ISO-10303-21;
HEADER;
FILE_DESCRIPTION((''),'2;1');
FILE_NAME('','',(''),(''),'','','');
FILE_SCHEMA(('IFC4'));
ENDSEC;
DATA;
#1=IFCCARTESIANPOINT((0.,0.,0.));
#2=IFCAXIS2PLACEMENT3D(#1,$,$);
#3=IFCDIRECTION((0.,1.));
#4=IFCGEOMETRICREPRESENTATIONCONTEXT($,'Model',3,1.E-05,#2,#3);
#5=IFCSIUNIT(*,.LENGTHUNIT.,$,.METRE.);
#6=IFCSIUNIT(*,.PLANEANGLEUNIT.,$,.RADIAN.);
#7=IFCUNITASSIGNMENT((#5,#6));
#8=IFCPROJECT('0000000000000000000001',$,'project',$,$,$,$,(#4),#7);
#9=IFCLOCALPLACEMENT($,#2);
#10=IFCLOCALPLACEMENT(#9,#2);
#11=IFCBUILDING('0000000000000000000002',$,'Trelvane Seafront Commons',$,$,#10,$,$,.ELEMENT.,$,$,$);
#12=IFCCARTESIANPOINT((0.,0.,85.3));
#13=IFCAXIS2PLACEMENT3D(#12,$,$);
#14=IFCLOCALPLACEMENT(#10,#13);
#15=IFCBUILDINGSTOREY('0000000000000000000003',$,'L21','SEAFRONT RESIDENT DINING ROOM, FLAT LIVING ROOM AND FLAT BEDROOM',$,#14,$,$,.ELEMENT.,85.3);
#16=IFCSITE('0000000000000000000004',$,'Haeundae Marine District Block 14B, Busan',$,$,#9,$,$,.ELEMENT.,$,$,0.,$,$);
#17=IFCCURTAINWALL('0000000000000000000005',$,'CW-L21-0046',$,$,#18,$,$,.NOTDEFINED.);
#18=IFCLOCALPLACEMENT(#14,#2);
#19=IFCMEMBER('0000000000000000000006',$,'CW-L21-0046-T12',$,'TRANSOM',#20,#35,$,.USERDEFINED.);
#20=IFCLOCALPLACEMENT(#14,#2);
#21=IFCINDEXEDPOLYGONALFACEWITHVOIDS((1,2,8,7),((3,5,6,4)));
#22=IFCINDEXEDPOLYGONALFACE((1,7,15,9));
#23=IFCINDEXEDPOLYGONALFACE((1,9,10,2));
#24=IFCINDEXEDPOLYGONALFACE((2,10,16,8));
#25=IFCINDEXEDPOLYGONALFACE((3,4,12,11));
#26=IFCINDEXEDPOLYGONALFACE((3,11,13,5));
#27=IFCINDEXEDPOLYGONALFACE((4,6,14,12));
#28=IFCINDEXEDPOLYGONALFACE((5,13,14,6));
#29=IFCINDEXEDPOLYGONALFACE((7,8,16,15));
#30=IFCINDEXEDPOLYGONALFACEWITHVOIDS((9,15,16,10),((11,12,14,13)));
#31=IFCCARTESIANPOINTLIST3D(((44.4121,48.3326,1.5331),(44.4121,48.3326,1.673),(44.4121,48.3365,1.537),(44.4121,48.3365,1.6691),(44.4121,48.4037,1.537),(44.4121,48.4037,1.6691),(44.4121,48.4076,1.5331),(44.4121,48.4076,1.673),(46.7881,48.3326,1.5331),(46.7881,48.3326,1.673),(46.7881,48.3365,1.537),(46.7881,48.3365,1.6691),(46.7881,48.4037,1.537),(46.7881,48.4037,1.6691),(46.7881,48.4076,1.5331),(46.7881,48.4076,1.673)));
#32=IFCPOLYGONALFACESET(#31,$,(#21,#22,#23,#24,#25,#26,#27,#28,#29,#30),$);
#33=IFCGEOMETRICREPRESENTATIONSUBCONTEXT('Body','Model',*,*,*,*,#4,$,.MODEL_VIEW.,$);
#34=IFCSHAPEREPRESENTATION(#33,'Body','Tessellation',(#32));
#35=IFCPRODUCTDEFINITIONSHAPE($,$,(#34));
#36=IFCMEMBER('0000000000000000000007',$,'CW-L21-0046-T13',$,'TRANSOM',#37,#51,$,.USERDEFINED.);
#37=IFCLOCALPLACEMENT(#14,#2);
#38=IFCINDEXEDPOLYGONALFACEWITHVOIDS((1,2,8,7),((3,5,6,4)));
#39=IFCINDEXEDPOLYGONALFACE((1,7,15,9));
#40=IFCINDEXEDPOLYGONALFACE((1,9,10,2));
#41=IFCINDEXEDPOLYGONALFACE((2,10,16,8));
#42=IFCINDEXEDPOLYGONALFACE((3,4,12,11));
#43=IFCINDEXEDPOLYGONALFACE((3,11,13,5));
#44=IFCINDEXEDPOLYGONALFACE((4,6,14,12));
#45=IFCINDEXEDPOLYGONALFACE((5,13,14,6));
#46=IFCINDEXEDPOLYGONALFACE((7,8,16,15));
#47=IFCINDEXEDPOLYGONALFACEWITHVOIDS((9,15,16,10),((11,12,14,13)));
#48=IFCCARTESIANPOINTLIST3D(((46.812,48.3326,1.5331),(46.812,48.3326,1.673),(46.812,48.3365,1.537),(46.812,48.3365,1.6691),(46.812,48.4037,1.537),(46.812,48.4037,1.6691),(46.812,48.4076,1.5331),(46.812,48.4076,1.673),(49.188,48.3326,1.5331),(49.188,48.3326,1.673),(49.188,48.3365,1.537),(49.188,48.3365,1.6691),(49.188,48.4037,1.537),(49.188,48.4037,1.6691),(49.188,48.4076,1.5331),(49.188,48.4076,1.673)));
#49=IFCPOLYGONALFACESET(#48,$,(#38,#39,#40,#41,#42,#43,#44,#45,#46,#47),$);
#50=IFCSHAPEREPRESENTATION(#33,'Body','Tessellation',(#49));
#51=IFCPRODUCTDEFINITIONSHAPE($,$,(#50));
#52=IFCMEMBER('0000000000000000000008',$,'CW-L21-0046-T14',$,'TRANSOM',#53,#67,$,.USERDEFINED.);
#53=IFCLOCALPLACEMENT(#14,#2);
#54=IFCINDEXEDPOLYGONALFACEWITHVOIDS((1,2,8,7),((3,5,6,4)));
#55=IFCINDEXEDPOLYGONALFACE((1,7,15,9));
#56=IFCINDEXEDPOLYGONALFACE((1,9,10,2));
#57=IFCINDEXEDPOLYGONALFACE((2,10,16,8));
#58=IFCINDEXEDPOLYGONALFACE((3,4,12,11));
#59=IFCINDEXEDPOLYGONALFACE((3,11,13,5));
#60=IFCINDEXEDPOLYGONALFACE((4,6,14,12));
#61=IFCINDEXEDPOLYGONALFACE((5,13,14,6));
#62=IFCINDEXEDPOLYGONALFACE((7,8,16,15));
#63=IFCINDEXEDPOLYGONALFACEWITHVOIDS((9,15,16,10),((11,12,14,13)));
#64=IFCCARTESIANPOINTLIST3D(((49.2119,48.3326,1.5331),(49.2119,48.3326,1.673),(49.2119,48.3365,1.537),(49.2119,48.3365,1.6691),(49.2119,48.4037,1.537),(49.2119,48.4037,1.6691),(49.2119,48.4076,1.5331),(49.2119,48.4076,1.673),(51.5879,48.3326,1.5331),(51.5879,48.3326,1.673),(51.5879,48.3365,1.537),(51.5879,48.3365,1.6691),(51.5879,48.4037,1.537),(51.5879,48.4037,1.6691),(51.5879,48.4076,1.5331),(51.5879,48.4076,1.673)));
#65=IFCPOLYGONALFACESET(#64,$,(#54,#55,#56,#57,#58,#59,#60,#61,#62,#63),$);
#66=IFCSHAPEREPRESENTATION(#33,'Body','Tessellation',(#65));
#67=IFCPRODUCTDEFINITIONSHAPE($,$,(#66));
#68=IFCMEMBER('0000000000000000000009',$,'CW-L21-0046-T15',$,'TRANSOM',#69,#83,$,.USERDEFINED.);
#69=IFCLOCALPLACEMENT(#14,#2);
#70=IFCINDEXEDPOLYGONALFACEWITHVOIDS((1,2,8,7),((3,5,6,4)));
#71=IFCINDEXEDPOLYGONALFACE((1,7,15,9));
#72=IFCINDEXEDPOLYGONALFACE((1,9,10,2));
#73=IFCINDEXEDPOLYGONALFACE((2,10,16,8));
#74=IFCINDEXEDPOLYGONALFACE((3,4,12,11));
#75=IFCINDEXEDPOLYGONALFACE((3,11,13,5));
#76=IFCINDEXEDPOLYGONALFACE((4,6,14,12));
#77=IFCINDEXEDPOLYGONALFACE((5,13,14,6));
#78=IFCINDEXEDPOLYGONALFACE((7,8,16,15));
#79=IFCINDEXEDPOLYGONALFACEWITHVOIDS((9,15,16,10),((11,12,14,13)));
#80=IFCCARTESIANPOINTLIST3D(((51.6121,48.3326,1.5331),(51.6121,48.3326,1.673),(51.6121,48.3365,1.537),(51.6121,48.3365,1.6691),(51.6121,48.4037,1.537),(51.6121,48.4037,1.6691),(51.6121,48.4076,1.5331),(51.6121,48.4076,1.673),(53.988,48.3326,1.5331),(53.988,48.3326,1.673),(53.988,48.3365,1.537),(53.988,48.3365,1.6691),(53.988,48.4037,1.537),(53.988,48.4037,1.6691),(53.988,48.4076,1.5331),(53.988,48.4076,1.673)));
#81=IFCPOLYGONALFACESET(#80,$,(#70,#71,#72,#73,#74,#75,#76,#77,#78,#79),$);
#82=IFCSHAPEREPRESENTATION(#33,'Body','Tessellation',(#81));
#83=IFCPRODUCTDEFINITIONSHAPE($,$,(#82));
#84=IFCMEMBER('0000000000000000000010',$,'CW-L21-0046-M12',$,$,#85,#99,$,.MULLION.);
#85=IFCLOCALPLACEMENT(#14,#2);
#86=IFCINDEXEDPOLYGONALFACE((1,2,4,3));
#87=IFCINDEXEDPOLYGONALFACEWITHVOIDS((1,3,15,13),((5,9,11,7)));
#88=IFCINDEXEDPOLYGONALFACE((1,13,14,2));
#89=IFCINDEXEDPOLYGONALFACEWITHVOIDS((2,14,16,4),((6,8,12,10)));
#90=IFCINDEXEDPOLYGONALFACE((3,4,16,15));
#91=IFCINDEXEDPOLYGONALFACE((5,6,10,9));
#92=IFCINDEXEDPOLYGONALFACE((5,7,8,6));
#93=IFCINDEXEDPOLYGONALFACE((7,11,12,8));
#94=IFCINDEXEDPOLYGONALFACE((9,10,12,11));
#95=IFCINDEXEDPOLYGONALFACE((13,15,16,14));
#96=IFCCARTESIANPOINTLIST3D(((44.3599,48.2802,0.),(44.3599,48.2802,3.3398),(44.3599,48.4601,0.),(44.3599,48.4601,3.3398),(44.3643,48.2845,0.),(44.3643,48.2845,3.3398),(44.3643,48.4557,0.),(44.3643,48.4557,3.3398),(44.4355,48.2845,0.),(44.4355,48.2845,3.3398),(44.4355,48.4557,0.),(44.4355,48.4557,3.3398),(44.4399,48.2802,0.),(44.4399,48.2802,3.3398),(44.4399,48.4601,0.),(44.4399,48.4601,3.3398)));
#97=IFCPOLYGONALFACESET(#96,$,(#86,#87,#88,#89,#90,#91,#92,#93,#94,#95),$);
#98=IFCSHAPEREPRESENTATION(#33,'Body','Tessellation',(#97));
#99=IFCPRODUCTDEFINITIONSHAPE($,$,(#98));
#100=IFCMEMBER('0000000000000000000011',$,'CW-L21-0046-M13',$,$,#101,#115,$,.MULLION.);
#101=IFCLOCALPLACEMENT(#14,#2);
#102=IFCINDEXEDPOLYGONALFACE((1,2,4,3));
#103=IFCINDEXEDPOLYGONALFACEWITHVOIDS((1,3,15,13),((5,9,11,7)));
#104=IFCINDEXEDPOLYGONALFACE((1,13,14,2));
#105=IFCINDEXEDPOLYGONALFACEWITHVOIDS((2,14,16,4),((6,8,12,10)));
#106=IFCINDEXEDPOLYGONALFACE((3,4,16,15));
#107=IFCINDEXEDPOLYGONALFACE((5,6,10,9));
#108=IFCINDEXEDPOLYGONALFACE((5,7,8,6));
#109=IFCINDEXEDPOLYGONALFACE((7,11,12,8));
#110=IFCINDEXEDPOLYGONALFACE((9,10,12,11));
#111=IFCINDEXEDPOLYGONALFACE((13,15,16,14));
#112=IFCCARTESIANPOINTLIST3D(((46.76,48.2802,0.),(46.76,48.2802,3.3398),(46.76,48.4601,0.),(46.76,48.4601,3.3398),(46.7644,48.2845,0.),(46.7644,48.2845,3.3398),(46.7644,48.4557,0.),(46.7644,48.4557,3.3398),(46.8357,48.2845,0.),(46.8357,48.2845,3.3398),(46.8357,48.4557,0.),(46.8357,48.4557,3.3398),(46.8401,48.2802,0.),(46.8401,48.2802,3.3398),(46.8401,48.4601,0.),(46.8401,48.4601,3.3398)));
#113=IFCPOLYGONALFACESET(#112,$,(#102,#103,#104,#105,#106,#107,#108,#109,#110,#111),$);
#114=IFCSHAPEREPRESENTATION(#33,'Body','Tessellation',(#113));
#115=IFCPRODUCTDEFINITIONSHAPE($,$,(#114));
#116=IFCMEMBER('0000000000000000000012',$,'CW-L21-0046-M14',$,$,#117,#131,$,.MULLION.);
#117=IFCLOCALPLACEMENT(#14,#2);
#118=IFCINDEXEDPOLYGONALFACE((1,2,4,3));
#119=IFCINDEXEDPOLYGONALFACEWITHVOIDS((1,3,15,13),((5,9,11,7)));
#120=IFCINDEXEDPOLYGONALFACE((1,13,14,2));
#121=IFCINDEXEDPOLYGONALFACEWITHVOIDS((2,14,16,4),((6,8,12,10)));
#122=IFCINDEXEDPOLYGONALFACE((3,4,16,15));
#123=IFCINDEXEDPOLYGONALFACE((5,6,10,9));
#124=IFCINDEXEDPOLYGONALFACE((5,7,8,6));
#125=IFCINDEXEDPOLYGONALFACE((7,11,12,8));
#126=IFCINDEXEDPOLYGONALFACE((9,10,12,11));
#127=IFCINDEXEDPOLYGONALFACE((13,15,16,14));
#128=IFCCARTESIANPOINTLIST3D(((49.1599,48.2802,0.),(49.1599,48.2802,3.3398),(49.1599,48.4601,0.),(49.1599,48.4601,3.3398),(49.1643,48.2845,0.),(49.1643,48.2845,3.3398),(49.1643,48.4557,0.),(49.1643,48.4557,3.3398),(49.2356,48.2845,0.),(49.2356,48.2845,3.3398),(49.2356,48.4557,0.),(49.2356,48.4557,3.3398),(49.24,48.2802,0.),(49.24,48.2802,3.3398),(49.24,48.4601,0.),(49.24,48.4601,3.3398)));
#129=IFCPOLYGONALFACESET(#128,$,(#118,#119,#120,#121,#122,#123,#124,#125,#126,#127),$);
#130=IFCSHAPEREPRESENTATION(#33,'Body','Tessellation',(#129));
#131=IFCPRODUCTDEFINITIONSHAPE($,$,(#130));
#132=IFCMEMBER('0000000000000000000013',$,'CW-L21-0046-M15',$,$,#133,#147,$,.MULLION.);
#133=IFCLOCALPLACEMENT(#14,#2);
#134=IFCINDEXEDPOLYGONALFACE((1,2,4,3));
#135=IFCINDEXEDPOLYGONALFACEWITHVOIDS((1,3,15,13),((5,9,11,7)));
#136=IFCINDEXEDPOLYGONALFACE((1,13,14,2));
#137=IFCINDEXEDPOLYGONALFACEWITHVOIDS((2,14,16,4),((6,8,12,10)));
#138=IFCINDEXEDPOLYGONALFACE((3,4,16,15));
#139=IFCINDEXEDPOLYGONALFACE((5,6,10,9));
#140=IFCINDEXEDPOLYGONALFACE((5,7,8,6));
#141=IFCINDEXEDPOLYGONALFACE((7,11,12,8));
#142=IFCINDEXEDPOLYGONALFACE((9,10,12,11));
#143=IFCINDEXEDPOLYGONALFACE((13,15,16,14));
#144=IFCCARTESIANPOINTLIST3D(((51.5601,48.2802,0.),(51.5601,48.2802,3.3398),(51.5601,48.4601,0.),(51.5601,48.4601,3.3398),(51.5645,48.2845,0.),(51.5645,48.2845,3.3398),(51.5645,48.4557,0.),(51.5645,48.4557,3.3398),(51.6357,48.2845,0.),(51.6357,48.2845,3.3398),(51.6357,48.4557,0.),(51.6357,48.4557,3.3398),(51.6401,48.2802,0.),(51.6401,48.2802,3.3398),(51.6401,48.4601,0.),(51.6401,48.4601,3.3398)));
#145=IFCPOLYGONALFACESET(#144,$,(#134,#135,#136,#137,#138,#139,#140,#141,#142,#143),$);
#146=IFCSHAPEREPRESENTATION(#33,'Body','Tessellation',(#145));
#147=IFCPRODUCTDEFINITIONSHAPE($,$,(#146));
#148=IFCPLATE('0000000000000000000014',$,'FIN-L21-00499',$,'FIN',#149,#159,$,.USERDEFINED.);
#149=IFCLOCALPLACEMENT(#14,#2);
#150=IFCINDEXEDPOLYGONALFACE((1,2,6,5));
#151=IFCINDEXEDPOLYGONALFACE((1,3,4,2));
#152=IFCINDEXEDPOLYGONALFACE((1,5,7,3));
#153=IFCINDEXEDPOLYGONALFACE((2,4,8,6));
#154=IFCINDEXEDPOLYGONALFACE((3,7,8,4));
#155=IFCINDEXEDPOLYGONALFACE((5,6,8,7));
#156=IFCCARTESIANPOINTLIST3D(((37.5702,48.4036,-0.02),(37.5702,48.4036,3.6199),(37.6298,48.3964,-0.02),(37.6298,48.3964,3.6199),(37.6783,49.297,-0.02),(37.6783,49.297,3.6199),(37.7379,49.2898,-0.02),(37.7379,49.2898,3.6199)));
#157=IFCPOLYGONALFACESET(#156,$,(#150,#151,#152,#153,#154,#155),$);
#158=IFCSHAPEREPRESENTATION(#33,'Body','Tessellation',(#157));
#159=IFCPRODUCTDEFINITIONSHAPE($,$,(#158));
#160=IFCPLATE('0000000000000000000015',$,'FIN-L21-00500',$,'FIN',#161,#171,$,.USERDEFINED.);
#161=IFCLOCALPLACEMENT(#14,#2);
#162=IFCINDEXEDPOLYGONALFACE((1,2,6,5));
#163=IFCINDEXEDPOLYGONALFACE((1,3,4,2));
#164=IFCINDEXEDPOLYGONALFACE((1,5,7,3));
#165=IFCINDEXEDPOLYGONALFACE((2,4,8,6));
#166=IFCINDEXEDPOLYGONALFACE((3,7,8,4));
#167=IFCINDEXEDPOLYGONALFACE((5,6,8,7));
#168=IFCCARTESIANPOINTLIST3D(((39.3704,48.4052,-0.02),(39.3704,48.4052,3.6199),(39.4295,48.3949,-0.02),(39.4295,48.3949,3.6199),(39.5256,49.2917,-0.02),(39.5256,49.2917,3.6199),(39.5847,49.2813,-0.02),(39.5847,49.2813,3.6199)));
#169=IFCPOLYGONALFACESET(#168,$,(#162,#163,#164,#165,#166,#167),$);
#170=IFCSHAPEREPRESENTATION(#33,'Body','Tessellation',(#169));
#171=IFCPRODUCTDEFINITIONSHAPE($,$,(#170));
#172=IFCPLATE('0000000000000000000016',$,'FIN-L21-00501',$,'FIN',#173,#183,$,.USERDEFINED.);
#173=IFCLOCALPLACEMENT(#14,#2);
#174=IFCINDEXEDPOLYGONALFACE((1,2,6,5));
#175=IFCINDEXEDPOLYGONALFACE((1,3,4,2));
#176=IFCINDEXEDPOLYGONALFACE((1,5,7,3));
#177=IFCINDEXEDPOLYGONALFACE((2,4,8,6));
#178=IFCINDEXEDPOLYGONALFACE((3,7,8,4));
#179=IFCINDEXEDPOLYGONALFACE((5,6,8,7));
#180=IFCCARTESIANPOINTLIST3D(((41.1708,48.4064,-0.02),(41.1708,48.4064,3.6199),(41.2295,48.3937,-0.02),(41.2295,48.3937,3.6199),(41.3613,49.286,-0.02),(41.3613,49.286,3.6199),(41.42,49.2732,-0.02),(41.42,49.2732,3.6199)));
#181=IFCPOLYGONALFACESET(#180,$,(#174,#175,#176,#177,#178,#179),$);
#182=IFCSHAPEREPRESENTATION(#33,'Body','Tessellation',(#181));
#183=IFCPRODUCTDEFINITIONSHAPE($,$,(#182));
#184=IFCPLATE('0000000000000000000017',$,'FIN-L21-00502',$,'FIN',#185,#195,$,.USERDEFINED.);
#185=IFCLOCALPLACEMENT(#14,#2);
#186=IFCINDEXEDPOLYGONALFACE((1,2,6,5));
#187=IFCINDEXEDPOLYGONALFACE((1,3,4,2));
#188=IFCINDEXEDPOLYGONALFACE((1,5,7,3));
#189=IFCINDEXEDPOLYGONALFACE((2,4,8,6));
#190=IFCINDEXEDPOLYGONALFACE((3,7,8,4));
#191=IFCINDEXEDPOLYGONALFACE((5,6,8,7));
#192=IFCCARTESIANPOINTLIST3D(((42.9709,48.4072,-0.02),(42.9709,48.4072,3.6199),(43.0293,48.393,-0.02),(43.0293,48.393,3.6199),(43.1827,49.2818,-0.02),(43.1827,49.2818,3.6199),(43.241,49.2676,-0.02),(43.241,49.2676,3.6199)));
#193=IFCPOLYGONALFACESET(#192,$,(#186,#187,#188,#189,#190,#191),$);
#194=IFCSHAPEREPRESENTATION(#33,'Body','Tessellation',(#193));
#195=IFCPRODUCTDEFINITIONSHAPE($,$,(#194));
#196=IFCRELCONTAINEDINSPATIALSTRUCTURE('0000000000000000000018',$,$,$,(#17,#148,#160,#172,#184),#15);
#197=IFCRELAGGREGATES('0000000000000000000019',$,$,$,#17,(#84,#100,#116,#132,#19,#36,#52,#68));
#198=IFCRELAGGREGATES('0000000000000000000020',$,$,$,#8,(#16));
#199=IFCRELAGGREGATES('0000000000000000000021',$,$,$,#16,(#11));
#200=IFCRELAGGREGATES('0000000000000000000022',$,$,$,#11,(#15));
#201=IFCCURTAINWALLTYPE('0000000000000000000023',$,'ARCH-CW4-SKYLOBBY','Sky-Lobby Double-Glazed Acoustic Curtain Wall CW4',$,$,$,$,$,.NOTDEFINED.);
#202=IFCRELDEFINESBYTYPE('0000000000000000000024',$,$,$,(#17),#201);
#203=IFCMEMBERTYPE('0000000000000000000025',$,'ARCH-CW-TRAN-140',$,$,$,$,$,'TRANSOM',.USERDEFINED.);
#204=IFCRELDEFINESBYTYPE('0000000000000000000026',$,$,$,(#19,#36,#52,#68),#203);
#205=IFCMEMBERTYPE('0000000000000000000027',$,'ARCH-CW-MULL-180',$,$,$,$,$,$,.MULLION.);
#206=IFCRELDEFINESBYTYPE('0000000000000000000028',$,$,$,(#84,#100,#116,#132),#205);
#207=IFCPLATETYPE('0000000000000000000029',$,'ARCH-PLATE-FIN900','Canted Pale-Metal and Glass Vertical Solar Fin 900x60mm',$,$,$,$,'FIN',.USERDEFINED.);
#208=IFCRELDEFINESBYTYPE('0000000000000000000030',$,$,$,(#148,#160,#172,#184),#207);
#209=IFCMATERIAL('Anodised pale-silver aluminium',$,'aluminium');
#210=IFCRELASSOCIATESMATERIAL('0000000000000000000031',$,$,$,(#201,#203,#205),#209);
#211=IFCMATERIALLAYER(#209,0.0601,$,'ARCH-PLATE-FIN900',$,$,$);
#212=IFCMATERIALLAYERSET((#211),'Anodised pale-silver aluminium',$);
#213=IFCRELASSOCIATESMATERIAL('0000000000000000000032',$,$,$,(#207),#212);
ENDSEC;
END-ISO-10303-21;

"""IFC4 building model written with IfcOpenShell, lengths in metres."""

from ifc_helpers import new_model, si_unit, direction, frame, origin, origin_2d, place, context, subcontext, project, spatial, rectangle, hollow_rectangle, extrude, source, transform, mapped, material, layer, layer_set, material_profile, profile_set, type_object, element, aggregate, save


model = new_model("IFC4")

# Units and contexts
model_context = context("Model", 3, precision=1e-05, world=origin(), true_north=direction((0.0, 1.0)))
body_context = subcontext(model_context, "Body", "Model", "MODEL_VIEW")
ifc_project = project(units=[si_unit("LENGTHUNIT", "METRE"), si_unit("PLANEANGLEUNIT", "RADIAN")], contexts=[model_context])

# Site, building, storey
site_placement = place(None, origin())
site = spatial("IfcSite", under=ifc_project, at=site_placement, Name="Haeundae Marine District Block 14B, Busan", CompositionType="ELEMENT", RefElevation=0.0)
building_placement = place(site_placement, origin())
building = spatial("IfcBuilding", under=site, at=building_placement, Name="Trelvane Seafront Commons", CompositionType="ELEMENT")
storey_placement = place(building_placement, frame((0.0, 0.0, 85.3)))
storey = spatial("IfcBuildingStorey", under=building, at=storey_placement, Name="L21", Description="SEAFRONT RESIDENT DINING ROOM, FLAT LIVING ROOM AND FLAT BEDROOM", CompositionType="ELEMENT", Elevation=85.3)

# Curtain wall, members
ifc_material_1 = material(Name="Anodised pale-silver aluminium", Category="aluminium")
curtain_wall_type = type_object("IfcCurtainWallType", Name="ARCH-CW4-SKYLOBBY", Description="Sky-Lobby Double-Glazed Acoustic Curtain Wall CW4", PredefinedType="NOTDEFINED", material=ifc_material_1)
curtain_wall_placement = place(storey_placement, origin())
curtain_wall = element("IfcCurtainWall", 1, at=curtain_wall_placement, inside=storey, type_object=curtain_wall_type, Name="CW-L21-0046", PredefinedType="NOTDEFINED")
ifc_material_profile_1 = material_profile(ifc_material_1, hollow_rectangle(XDim=0.075, YDim=0.1399, WallThickness=0.0039, at=origin_2d()), Name="TRAN-75x140x4")
ifc_profile_set_1 = profile_set([ifc_material_profile_1], Name="Anodised pale-silver aluminium")
member_type_1 = type_object("IfcMemberType", Name="ARCH-CW-TRAN-140", ElementType="TRANSOM", PredefinedType="USERDEFINED", material=ifc_profile_set_1)
shared_shape_1 = source(origin(), body_context, "Body", "SweptSolid", [
    extrude(hollow_rectangle(XDim=0.075, YDim=0.1399, WallThickness=0.0039, at=origin_2d()), origin(), (0.0, 0.0, 1.0), 2.376),
])
member_1_placement = place(storey_placement, frame((44.4121, 48.3701, 1.603), z_axis=(1.0, 0.0, 0.0), x_axis=(0.0, 1.0, 0.0)))
member_1 = element("IfcMember", 2, at=member_1_placement, type_object=member_type_1, Name="CW-L21-0046-T12", ObjectType="TRANSOM", PredefinedType="USERDEFINED", context=body_context, shape_type="MappedRepresentation", body=[
    mapped(shared_shape_1, transform((0.0, 0.0, 0.0), x_axis=(1.0, 0.0, 0.0), y_axis=(0.0, 1.0, 0.0), z_axis=(0.0, 0.0, 1.0), scale=1.0)),
])
member_2_placement = place(storey_placement, frame((46.812, 48.3701, 1.603), z_axis=(1.0, 0.0, 0.0), x_axis=(0.0, 1.0, 0.0)))
member_2 = element("IfcMember", 3, at=member_2_placement, type_object=member_type_1, Name="CW-L21-0046-T13", ObjectType="TRANSOM", PredefinedType="USERDEFINED", context=body_context, shape_type="MappedRepresentation", body=[
    mapped(shared_shape_1, transform((0.0, 0.0, 0.0), x_axis=(1.0, 0.0, 0.0), y_axis=(0.0, 1.0, 0.0), z_axis=(0.0, 0.0, 1.0), scale=1.0)),
])
member_3_placement = place(storey_placement, frame((49.2119, 48.3701, 1.603), z_axis=(1.0, 0.0, 0.0), x_axis=(0.0, 1.0, 0.0)))
member_3 = element("IfcMember", 4, at=member_3_placement, type_object=member_type_1, Name="CW-L21-0046-T14", ObjectType="TRANSOM", PredefinedType="USERDEFINED", context=body_context, shape_type="MappedRepresentation", body=[
    mapped(shared_shape_1, transform((0.0, 0.0, 0.0), x_axis=(1.0, 0.0, 0.0), y_axis=(0.0, 1.0, 0.0), z_axis=(0.0, 0.0, 1.0), scale=1.0)),
])
member_4_placement = place(storey_placement, frame((51.6121, 48.3701, 1.603), z_axis=(1.0, 0.0, 0.0), x_axis=(0.0, 1.0, 0.0)))
member_4 = element("IfcMember", 5, at=member_4_placement, type_object=member_type_1, Name="CW-L21-0046-T15", ObjectType="TRANSOM", PredefinedType="USERDEFINED", context=body_context, shape_type="MappedRepresentation", body=[
    mapped(shared_shape_1, transform((0.0, 0.0, 0.0), x_axis=(1.0, 0.0, 0.0), y_axis=(0.0, 1.0, 0.0), z_axis=(0.0, 0.0, 1.0), scale=1.0)),
])
ifc_material_profile_2 = material_profile(ifc_material_1, hollow_rectangle(XDim=0.0801, YDim=0.1799, WallThickness=0.0044, at=origin_2d()), Name="MULL-80x180x4.5")
ifc_profile_set_2 = profile_set([ifc_material_profile_2], Name="Anodised pale-silver aluminium")
member_type_2 = type_object("IfcMemberType", Name="ARCH-CW-MULL-180", PredefinedType="MULLION", material=ifc_profile_set_2)
shared_shape_2 = source(origin(), body_context, "Body", "SweptSolid", [
    extrude(hollow_rectangle(XDim=0.0801, YDim=0.1799, WallThickness=0.0044, at=origin_2d()), origin(), (0.0, 0.0, 1.0), 3.3398),
])
member_5_placement = place(storey_placement, frame((44.3999, 48.3701, 0.0), z_axis=(0.0, 0.0, 1.0), x_axis=(1.0, 0.0, 0.0)))
member_5 = element("IfcMember", 6, at=member_5_placement, type_object=member_type_2, Name="CW-L21-0046-M12", PredefinedType="MULLION", context=body_context, shape_type="MappedRepresentation", body=[
    mapped(shared_shape_2, transform((0.0, 0.0, 0.0), x_axis=(1.0, 0.0, 0.0), y_axis=(0.0, 1.0, 0.0), z_axis=(0.0, 0.0, 1.0), scale=1.0)),
])
member_6_placement = place(storey_placement, frame((46.8, 48.3701, 0.0), z_axis=(0.0, 0.0, 1.0), x_axis=(1.0, 0.0, 0.0)))
member_6 = element("IfcMember", 7, at=member_6_placement, type_object=member_type_2, Name="CW-L21-0046-M13", PredefinedType="MULLION", context=body_context, shape_type="MappedRepresentation", body=[
    mapped(shared_shape_2, transform((0.0, 0.0, 0.0), x_axis=(1.0, 0.0, 0.0), y_axis=(0.0, 1.0, 0.0), z_axis=(0.0, 0.0, 1.0), scale=1.0)),
])
member_7_placement = place(storey_placement, frame((49.2, 48.3701, 0.0), z_axis=(0.0, 0.0, 1.0), x_axis=(1.0, 0.0, 0.0)))
member_7 = element("IfcMember", 8, at=member_7_placement, type_object=member_type_2, Name="CW-L21-0046-M14", PredefinedType="MULLION", context=body_context, shape_type="MappedRepresentation", body=[
    mapped(shared_shape_2, transform((0.0, 0.0, 0.0), x_axis=(1.0, 0.0, 0.0), y_axis=(0.0, 1.0, 0.0), z_axis=(0.0, 0.0, 1.0), scale=1.0)),
])
member_8_placement = place(storey_placement, frame((51.6001, 48.3701, 0.0), z_axis=(0.0, 0.0, 1.0), x_axis=(1.0, 0.0, 0.0)))
member_8 = element("IfcMember", 9, at=member_8_placement, type_object=member_type_2, Name="CW-L21-0046-M15", PredefinedType="MULLION", context=body_context, shape_type="MappedRepresentation", body=[
    mapped(shared_shape_2, transform((0.0, 0.0, 0.0), x_axis=(1.0, 0.0, 0.0), y_axis=(0.0, 1.0, 0.0), z_axis=(0.0, 0.0, 1.0), scale=1.0)),
])

# Plates
ifc_layer_1 = layer(ifc_material_1, 0.0601, Name="ARCH-PLATE-FIN900")
ifc_layer_set_1 = layer_set([ifc_layer_1], Name="Anodised pale-silver aluminium")
plate_type_1 = type_object("IfcPlateType", Name="ARCH-PLATE-FIN900", Description="Canted Pale-Metal and Glass Vertical Solar Fin 900x60mm", ElementType="FIN", PredefinedType="USERDEFINED", material=ifc_layer_set_1)
shared_shape_3 = source(origin(), body_context, "Body", "SweptSolid", [
    extrude(rectangle(XDim=0.8999, YDim=0.0601, at=origin_2d()), origin(), (0.0, 0.0, 1.0), 3.6399),
])
for number, where, z_axis, x_axis, name in (
    (10, (37.6541, 48.8467, -0.02), (0.0, 0.0, 1.0), (0.120109, 0.992761, 0.0), "FIN-L21-00499"),
    (11, (39.4775, 48.8433, -0.02), (0.0, 0.0, 1.0), (0.172448, 0.985019, 0.0), "FIN-L21-00500"),
    (12, (41.2954, 48.8398, -0.02), (0.0, 0.0, 1.0), (0.211668, 0.977342, 0.0), "FIN-L21-00501"),
    (13, (43.106, 48.8374, -0.02), (0.0, 0.0, 1.0), (0.235339, 0.971913, 0.0), "FIN-L21-00502"),
):
    element("IfcPlate", number, at=place(storey_placement, frame(where, z_axis=z_axis, x_axis=x_axis)), inside=storey, type_object=plate_type_1, Name=name, ObjectType="FIN", PredefinedType="USERDEFINED", context=body_context, shape_type="MappedRepresentation", body=[
        mapped(shared_shape_3, transform((0.0, 0.0, 0.0), x_axis=(1.0, 0.0, 0.0), y_axis=(0.0, 1.0, 0.0), z_axis=(0.0, 0.0, 1.0), scale=1.0)),
    ])

aggregate(curtain_wall, [member_5, member_6, member_7, member_8, member_1, member_2, member_3, member_4])

save(model, "model.ifc")
